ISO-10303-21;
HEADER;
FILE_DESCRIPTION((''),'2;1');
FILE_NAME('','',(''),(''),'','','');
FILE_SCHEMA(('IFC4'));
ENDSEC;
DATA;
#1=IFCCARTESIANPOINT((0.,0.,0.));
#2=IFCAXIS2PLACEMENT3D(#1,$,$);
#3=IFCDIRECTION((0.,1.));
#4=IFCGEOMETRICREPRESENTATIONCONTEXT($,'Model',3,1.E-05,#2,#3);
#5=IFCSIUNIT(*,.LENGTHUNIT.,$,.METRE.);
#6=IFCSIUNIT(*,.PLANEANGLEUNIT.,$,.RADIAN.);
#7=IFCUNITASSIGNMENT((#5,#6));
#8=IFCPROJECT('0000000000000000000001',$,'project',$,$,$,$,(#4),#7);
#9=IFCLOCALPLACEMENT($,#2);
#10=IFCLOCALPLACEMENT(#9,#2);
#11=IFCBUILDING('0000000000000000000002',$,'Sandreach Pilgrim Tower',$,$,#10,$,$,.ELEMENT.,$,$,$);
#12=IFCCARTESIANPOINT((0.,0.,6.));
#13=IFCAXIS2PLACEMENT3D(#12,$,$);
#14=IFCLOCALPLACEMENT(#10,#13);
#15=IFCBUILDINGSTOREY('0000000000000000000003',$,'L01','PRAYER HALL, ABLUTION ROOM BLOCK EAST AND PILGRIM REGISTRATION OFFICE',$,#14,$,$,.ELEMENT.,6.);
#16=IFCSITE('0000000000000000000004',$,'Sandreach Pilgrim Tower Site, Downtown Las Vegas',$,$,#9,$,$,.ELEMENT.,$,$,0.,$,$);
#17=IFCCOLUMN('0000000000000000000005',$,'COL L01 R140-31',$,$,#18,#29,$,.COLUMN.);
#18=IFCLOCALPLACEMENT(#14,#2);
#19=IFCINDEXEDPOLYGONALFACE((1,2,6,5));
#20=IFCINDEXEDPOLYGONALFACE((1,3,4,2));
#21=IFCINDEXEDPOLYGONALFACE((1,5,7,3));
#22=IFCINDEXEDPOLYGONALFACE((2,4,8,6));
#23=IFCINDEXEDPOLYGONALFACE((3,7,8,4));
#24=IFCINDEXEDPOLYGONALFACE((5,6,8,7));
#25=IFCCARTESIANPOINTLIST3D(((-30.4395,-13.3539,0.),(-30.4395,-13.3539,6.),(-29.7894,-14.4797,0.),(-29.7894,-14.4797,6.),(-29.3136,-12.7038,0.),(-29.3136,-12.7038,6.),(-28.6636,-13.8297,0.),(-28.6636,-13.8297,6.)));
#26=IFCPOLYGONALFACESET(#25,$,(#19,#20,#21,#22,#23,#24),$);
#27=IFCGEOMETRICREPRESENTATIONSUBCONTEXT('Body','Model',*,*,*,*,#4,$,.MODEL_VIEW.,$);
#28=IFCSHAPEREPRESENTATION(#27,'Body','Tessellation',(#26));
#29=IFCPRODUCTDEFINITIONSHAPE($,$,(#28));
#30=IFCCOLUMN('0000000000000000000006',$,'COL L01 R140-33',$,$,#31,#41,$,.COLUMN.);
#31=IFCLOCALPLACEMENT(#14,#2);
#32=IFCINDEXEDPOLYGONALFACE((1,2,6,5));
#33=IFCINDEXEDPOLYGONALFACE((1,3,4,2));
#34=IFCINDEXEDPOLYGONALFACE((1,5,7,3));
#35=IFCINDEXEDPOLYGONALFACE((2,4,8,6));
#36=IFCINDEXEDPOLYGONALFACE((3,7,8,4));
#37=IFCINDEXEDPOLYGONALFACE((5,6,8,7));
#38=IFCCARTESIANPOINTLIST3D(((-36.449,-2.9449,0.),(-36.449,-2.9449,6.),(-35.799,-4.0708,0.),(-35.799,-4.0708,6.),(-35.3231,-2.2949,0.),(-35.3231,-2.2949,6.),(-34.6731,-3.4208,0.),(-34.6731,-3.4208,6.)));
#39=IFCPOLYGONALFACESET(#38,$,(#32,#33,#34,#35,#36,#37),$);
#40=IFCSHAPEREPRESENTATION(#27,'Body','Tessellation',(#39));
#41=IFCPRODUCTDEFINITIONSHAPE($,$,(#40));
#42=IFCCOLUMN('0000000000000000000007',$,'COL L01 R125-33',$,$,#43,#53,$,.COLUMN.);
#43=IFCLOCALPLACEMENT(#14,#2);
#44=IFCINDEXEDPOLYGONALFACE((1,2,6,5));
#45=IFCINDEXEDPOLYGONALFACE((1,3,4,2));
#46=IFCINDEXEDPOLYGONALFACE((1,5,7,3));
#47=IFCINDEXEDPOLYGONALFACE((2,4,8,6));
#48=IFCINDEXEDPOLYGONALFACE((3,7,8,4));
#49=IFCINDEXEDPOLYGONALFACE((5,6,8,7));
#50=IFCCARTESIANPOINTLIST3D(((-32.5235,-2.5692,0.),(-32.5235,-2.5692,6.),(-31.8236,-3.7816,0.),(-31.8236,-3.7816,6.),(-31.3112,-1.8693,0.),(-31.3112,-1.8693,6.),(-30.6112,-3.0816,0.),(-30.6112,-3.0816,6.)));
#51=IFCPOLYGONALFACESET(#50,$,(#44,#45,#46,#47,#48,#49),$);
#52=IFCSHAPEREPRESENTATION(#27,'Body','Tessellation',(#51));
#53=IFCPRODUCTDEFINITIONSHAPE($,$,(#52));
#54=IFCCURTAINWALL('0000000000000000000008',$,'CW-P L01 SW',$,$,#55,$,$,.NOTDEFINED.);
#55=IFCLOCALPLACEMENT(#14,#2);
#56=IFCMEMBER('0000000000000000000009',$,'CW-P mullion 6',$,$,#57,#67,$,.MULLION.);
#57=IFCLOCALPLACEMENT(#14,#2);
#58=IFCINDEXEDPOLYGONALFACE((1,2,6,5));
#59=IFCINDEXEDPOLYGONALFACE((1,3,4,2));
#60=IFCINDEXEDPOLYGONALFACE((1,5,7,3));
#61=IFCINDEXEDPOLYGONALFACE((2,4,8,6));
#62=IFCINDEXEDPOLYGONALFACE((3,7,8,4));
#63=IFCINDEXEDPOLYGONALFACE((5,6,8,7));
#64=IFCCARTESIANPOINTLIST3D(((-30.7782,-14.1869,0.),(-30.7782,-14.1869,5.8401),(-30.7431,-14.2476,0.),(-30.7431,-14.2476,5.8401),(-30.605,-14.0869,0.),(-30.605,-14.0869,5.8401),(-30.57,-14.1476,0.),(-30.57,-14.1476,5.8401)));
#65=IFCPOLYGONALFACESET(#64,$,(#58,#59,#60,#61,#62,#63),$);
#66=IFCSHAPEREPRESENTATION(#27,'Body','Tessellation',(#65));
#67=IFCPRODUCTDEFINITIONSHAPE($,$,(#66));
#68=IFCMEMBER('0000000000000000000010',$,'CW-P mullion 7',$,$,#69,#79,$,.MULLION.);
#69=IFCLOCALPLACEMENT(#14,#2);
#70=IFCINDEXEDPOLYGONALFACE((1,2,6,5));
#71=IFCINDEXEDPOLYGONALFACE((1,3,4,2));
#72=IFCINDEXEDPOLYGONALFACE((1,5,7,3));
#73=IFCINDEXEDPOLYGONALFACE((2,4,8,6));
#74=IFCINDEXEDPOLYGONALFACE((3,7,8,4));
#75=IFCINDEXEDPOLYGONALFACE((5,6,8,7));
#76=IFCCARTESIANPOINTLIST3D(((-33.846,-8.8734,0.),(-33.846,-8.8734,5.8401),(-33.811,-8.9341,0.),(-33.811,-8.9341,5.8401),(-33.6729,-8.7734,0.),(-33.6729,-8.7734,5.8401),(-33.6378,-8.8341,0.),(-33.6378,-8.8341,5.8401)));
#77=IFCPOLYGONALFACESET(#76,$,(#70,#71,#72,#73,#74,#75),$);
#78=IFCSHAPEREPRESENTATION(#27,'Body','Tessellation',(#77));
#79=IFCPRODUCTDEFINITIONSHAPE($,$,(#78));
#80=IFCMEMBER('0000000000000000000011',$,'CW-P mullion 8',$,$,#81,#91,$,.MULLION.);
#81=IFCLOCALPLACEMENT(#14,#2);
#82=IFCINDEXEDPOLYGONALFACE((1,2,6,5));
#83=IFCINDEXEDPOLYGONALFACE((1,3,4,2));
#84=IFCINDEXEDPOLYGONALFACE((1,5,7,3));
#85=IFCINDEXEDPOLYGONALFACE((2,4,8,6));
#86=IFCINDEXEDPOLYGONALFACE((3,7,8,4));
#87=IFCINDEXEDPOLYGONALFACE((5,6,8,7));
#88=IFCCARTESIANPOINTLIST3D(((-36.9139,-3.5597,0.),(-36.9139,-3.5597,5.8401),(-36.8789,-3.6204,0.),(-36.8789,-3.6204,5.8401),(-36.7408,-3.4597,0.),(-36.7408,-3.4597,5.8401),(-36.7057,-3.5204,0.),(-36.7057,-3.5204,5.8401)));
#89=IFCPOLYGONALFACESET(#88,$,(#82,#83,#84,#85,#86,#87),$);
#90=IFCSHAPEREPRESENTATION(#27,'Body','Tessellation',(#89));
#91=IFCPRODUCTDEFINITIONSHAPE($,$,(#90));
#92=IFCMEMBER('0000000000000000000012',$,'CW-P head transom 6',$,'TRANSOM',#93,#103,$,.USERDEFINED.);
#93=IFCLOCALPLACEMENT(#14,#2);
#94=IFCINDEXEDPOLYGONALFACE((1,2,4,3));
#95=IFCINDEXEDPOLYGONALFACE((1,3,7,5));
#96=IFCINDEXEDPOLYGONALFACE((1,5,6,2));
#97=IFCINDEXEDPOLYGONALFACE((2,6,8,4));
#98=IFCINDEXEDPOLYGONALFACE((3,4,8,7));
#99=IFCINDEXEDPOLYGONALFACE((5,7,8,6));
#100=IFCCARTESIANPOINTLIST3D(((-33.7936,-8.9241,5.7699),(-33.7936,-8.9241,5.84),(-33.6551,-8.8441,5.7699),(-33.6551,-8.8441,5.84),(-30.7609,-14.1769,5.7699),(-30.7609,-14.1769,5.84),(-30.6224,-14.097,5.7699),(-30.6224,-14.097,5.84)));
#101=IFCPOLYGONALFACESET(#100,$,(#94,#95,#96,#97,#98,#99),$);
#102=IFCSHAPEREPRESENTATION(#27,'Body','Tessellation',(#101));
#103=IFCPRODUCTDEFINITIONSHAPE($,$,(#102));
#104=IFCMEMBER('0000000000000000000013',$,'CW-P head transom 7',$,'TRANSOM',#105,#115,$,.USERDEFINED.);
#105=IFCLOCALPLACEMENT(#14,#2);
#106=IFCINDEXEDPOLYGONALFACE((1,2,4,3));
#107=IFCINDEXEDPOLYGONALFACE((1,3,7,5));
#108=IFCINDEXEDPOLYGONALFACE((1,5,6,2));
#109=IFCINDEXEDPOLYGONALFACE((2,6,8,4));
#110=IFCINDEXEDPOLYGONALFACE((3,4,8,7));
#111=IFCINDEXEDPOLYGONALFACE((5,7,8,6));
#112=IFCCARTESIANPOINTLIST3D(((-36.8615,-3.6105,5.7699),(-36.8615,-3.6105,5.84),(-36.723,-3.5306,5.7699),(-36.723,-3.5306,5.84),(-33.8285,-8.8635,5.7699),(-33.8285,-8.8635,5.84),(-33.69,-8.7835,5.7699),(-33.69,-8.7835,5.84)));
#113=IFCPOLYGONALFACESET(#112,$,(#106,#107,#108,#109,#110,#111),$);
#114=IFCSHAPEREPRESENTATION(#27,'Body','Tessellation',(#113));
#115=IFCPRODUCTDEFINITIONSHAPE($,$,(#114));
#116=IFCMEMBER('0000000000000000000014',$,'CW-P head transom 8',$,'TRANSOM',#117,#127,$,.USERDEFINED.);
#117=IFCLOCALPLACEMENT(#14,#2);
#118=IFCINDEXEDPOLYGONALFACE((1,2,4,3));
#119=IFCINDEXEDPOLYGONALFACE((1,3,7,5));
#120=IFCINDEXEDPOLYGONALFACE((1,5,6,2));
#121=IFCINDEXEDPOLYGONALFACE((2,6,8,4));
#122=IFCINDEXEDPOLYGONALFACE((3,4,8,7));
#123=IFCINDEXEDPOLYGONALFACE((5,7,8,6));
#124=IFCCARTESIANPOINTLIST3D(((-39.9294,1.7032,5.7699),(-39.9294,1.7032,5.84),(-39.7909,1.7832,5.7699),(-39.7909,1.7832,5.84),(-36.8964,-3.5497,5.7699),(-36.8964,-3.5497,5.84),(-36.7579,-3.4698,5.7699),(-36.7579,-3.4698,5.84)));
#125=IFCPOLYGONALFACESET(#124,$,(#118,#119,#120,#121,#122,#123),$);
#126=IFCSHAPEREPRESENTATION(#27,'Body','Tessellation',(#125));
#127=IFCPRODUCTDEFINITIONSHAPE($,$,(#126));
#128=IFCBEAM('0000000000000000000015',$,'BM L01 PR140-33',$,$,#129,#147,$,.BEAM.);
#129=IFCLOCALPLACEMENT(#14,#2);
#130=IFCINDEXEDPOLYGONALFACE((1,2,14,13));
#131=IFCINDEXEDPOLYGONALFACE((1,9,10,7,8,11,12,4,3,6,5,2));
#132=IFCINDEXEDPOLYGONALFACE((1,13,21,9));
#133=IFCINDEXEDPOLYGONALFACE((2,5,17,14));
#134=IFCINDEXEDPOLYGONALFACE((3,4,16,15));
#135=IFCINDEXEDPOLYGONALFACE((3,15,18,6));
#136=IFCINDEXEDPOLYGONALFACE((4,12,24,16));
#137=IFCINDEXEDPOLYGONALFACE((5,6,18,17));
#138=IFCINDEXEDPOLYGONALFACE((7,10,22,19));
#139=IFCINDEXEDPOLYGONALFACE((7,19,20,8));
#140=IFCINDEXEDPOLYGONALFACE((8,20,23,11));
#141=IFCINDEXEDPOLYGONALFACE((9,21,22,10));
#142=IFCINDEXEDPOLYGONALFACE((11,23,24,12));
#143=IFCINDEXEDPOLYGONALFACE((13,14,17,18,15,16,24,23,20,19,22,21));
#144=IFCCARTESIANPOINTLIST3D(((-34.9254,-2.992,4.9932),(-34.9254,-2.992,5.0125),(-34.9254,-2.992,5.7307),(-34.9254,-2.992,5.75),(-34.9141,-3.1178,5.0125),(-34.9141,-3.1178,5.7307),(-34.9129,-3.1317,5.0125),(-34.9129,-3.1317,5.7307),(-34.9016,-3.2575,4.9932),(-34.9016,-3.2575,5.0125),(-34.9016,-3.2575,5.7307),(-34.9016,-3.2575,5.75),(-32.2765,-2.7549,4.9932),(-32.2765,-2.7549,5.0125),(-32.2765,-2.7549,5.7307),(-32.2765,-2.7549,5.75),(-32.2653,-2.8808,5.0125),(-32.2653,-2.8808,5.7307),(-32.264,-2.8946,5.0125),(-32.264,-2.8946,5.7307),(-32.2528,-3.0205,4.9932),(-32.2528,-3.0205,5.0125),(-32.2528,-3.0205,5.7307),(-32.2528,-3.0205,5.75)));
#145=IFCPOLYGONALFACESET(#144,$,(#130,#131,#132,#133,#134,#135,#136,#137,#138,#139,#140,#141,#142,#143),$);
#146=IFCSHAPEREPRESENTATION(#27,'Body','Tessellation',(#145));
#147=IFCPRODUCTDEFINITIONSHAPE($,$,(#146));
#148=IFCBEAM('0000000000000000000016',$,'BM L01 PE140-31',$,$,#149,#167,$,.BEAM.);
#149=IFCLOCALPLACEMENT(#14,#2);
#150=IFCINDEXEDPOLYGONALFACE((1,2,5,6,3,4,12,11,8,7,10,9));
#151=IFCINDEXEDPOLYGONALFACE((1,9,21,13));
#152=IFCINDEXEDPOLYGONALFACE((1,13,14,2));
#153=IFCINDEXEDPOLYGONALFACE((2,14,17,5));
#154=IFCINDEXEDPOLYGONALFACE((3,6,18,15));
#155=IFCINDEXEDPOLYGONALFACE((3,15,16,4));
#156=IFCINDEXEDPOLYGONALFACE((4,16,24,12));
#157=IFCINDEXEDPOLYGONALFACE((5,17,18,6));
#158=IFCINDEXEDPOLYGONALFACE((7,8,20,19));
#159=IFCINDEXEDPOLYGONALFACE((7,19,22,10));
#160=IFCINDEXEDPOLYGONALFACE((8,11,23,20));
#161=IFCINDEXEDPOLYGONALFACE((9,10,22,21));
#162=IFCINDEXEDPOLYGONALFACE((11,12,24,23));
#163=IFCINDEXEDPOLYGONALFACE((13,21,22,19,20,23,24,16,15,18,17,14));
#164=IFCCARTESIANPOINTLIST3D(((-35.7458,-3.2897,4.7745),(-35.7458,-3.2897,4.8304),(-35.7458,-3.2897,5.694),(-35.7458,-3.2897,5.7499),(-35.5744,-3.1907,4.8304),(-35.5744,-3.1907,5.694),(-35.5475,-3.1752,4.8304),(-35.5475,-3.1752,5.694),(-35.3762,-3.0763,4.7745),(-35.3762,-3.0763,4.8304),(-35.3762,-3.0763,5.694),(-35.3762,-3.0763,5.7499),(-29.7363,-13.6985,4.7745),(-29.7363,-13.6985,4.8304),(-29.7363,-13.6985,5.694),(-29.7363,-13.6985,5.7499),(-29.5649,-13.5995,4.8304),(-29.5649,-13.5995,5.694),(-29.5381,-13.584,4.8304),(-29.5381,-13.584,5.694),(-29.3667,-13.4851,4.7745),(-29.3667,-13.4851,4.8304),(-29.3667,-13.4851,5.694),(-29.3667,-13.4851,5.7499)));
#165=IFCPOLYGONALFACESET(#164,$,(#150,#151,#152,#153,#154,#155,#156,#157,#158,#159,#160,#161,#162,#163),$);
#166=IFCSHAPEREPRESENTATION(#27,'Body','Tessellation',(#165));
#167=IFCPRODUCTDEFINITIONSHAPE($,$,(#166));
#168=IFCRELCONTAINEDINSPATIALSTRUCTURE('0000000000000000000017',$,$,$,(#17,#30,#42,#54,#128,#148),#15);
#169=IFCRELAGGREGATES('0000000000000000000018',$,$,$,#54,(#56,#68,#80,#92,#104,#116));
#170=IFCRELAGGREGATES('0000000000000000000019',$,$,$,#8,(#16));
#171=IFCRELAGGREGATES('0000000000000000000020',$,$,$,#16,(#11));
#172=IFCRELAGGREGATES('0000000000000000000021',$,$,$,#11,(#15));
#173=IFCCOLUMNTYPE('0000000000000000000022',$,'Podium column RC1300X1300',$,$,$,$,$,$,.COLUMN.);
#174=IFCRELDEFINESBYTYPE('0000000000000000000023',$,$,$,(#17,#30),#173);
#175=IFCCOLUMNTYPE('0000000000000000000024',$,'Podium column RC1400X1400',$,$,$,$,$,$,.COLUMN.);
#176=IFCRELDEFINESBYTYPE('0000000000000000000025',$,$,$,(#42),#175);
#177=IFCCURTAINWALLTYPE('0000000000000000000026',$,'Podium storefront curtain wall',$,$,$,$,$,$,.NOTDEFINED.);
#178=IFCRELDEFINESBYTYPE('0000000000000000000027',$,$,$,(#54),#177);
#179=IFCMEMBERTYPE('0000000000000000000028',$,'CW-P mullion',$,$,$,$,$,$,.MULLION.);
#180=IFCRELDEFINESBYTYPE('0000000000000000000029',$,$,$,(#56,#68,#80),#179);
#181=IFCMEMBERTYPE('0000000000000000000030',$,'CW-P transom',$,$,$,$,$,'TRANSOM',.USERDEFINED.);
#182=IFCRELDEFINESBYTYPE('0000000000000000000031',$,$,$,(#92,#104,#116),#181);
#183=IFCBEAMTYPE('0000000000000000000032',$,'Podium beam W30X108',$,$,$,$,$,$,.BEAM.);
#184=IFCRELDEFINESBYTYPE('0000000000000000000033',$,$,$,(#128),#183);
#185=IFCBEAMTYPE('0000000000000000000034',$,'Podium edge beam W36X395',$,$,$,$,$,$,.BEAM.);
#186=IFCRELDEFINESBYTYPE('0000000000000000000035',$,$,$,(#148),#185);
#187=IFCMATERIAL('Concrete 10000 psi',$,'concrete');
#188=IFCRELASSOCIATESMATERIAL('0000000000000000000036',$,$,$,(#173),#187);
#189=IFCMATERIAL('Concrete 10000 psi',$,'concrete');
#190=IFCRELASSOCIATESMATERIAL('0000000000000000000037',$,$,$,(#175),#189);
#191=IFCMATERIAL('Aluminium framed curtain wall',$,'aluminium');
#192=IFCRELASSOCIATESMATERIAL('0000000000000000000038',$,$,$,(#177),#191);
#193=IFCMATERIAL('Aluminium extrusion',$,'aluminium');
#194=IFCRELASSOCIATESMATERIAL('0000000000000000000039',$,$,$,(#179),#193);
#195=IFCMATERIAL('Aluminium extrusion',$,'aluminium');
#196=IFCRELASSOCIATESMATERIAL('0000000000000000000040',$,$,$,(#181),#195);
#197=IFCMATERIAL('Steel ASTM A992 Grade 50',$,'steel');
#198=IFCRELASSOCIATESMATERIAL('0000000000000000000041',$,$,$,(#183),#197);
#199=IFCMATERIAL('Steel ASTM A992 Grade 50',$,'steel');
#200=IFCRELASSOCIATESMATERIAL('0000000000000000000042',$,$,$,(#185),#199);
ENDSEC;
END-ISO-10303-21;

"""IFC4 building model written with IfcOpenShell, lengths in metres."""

from ifc_helpers import new_model, si_unit, direction, frame, origin, origin_2d, place, context, subcontext, project, spatial, rectangle, i_section, extrude, material, material_profile, profile_set, type_object, element, aggregate, save


model = new_model("IFC4")

# Units and contexts
model_context = context("Model", 3, precision=1e-05, world=origin(), true_north=direction((0.0, 1.0)))
body_context = subcontext(model_context, "Body", "Model", "MODEL_VIEW")
ifc_project = project(units=[si_unit("LENGTHUNIT", "METRE"), si_unit("PLANEANGLEUNIT", "RADIAN")], contexts=[model_context])

# Site, building, storey
site_placement = place(None, origin())
site = spatial("IfcSite", under=ifc_project, at=site_placement, Name="Sandreach Pilgrim Tower Site, Downtown Las Vegas", CompositionType="ELEMENT", RefElevation=0.0)
building_placement = place(site_placement, origin())
building = spatial("IfcBuilding", under=site, at=building_placement, Name="Sandreach Pilgrim Tower", CompositionType="ELEMENT")
storey_placement = place(building_placement, frame((0.0, 0.0, 6.0)))
storey = spatial("IfcBuildingStorey", under=building, at=storey_placement, Name="L01", Description="PRAYER HALL, ABLUTION ROOM BLOCK EAST AND PILGRIM REGISTRATION OFFICE", CompositionType="ELEMENT", Elevation=6.0)

# Columns
ifc_material_1 = material(Name="Concrete 10000 psi", Category="concrete")
ifc_material_profile_1 = material_profile(ifc_material_1, rectangle(XDim=1.3, YDim=1.3, at=origin_2d()), Name="RC1300X1300")
ifc_profile_set_1 = profile_set([ifc_material_profile_1], Name="Concrete 10000 psi")
column_type_1 = type_object("IfcColumnType", Name="Podium column RC1300X1300", PredefinedType="COLUMN", material=ifc_profile_set_1)
for number, where, z_axis, x_axis, name in (
    (1, (-29.5515, -13.5918, 0.0), (0.0, 0.0, 1.0), (-0.866025, -0.5, 0.0), "COL L01 R140-31"),
    (2, (-35.561, -3.1829, 0.0), (0.0, 0.0, 1.0), (-0.866025, -0.5, 0.0), "COL L01 R140-33"),
):
    element("IfcColumn", number, at=place(storey_placement, frame(where, z_axis=z_axis, x_axis=x_axis)), inside=storey, type_object=column_type_1, Name=name, PredefinedType="COLUMN", context=body_context, shape_type="SweptSolid", body=[
        extrude(rectangle(XDim=1.3, YDim=1.3, at=origin_2d()), origin(), (0.0, 0.0, 1.0), 6.0),
    ])
ifc_material_2 = material(Name="Concrete 10000 psi", Category="concrete")
ifc_material_profile_2 = material_profile(ifc_material_2, rectangle(XDim=1.3999, YDim=1.3999, at=origin_2d()), Name="RC1400X1400")
ifc_profile_set_2 = profile_set([ifc_material_profile_2], Name="Concrete 10000 psi")
column_type_2 = type_object("IfcColumnType", Name="Podium column RC1400X1400", PredefinedType="COLUMN", material=ifc_profile_set_2)
column_placement = place(storey_placement, frame((-31.5674, -2.8254, 0.0), z_axis=(0.0, 0.0, 1.0), x_axis=(-0.866025, -0.5, 0.0)))
element("IfcColumn", 3, at=column_placement, inside=storey, type_object=column_type_2, Name="COL L01 R125-33", PredefinedType="COLUMN", context=body_context, shape_type="SweptSolid", body=[
    extrude(rectangle(XDim=1.3999, YDim=1.3999, at=origin_2d()), origin(), (0.0, 0.0, 1.0), 6.0),
])

# Curtain wall, members
ifc_material_3 = material(Name="Aluminium framed curtain wall", Category="aluminium")
curtain_wall_type = type_object("IfcCurtainWallType", Name="Podium storefront curtain wall", PredefinedType="NOTDEFINED", material=ifc_material_3)
curtain_wall_placement = place(storey_placement, origin())
curtain_wall = element("IfcCurtainWall", 4, at=curtain_wall_placement, inside=storey, type_object=curtain_wall_type, Name="CW-P L01 SW", PredefinedType="NOTDEFINED")
ifc_material_4 = material(Name="Aluminium extrusion", Category="aluminium")
ifc_material_profile_3 = material_profile(ifc_material_4, rectangle(XDim=0.0701, YDim=0.2, at=origin_2d()), Name="CW-PM 70X200")
ifc_profile_set_3 = profile_set([ifc_material_profile_3], Name="Aluminium extrusion")
member_type_1 = type_object("IfcMemberType", Name="CW-P mullion", PredefinedType="MULLION", material=ifc_profile_set_3)
member_1_placement = place(storey_placement, frame((-30.6741, -14.1672, 0.0), z_axis=(0.0, 0.0, 1.0), x_axis=(-0.5, 0.866025, 0.0)))
member_1 = element("IfcMember", 5, at=member_1_placement, type_object=member_type_1, Name="CW-P mullion 6", PredefinedType="MULLION", context=body_context, shape_type="SweptSolid", body=[
    extrude(rectangle(XDim=0.0701, YDim=0.2, at=origin_2d()), origin(), (0.0, 0.0, 1.0), 5.8401),
])
member_2_placement = place(storey_placement, frame((-33.7419, -8.8538, 0.0), z_axis=(0.0, 0.0, 1.0), x_axis=(-0.5, 0.866025, 0.0)))
member_2 = element("IfcMember", 6, at=member_2_placement, type_object=member_type_1, Name="CW-P mullion 7", PredefinedType="MULLION", context=body_context, shape_type="SweptSolid", body=[
    extrude(rectangle(XDim=0.0701, YDim=0.2, at=origin_2d()), origin(), (0.0, 0.0, 1.0), 5.8401),
])
member_3_placement = place(storey_placement, frame((-36.8098, -3.54, 0.0), z_axis=(0.0, 0.0, 1.0), x_axis=(-0.5, 0.866025, 0.0)))
member_3 = element("IfcMember", 7, at=member_3_placement, type_object=member_type_1, Name="CW-P mullion 8", PredefinedType="MULLION", context=body_context, shape_type="SweptSolid", body=[
    extrude(rectangle(XDim=0.0701, YDim=0.2, at=origin_2d()), origin(), (0.0, 0.0, 1.0), 5.8401),
])
ifc_material_5 = material(Name="Aluminium extrusion", Category="aluminium")
ifc_material_profile_4 = material_profile(ifc_material_5, rectangle(XDim=0.1599, YDim=0.0701, at=origin_2d()), Name="CW-PT 160X70")
ifc_profile_set_4 = profile_set([ifc_material_profile_4], Name="Aluminium extrusion")
member_type_2 = type_object("IfcMemberType", Name="CW-P transom", ElementType="TRANSOM", PredefinedType="USERDEFINED", material=ifc_profile_set_4)
member_4_placement = place(storey_placement, frame((-30.6917, -14.137, 5.8049), z_axis=(-0.499992, 0.86603, 0.0), x_axis=(-0.86603, -0.499992, 0.0)))
member_4 = element("IfcMember", 8, at=member_4_placement, type_object=member_type_2, Name="CW-P head transom 6", ObjectType="TRANSOM", PredefinedType="USERDEFINED", context=body_context, shape_type="SweptSolid", body=[
    extrude(rectangle(XDim=0.1599, YDim=0.0701, at=origin_2d()), origin(), (0.0, 0.0, 1.0), 6.0654),
])
member_5_placement = place(storey_placement, frame((-33.7593, -8.8235, 5.8049), z_axis=(-0.500022, 0.866013, 0.0), x_axis=(-0.866013, -0.500022, 0.0)))
member_5 = element("IfcMember", 9, at=member_5_placement, type_object=member_type_2, Name="CW-P head transom 7", ObjectType="TRANSOM", PredefinedType="USERDEFINED", context=body_context, shape_type="SweptSolid", body=[
    extrude(rectangle(XDim=0.1599, YDim=0.0701, at=origin_2d()), origin(), (0.0, 0.0, 1.0), 6.0657),
])
member_6_placement = place(storey_placement, frame((-36.8271, -3.5098, 5.8049), z_axis=(-0.500022, 0.866013, 0.0), x_axis=(-0.866013, -0.500022, 0.0)))
member_6 = element("IfcMember", 10, at=member_6_placement, type_object=member_type_2, Name="CW-P head transom 8", ObjectType="TRANSOM", PredefinedType="USERDEFINED", context=body_context, shape_type="SweptSolid", body=[
    extrude(rectangle(XDim=0.1599, YDim=0.0701, at=origin_2d()), origin(), (0.0, 0.0, 1.0), 6.0657),
])

# Beams
ifc_material_6 = material(Name="Steel ASTM A992 Grade 50", Category="steel")
ifc_material_profile_5 = material_profile(ifc_material_6, i_section(OverallWidth=0.2666, OverallDepth=0.7568, WebThickness=0.0139, FlangeThickness=0.0193, at=origin_2d()), Name="W30X108")
ifc_profile_set_5 = profile_set([ifc_material_profile_5], Name="Steel ASTM A992 Grade 50")
beam_type_1 = type_object("IfcBeamType", Name="Podium beam W30X108", PredefinedType="BEAM", material=ifc_profile_set_5)
beam_1_placement = place(storey_placement, frame((-32.2646, -2.8877, 5.3716), z_axis=(-0.996019, -0.089137, 0.0), x_axis=(0.089137, -0.996019, 0.0)))
element("IfcBeam", 11, at=beam_1_placement, inside=storey, type_object=beam_type_1, Name="BM L01 PR140-33", PredefinedType="BEAM", context=body_context, shape_type="SweptSolid", body=[
    extrude(i_section(OverallWidth=0.2666, OverallDepth=0.7568, WebThickness=0.0139, FlangeThickness=0.0193, at=origin_2d()), origin(), (0.0, 0.0, 1.0), 2.6594),
])
ifc_material_7 = material(Name="Steel ASTM A992 Grade 50", Category="steel")
ifc_material_profile_6 = material_profile(ifc_material_7, i_section(OverallWidth=0.4268, OverallDepth=0.9753, WebThickness=0.031, FlangeThickness=0.0559, at=origin_2d()), Name="W36X395")
ifc_profile_set_6 = profile_set([ifc_material_profile_6], Name="Steel ASTM A992 Grade 50")
beam_type_2 = type_object("IfcBeamType", Name="Podium edge beam W36X395", PredefinedType="BEAM", material=ifc_profile_set_6)
beam_2_placement = place(storey_placement, frame((-29.5515, -13.5918, 5.2622), z_axis=(-0.499995, 0.866028, 0.0), x_axis=(-0.866028, -0.499995, 0.0)))
element("IfcBeam", 12, at=beam_2_placement, inside=storey, type_object=beam_type_2, Name="BM L01 PE140-31", PredefinedType="BEAM", context=body_context, shape_type="SweptSolid", body=[
    extrude(i_section(OverallWidth=0.4268, OverallDepth=0.9753, WebThickness=0.031, FlangeThickness=0.0559, at=origin_2d()), origin(), (0.0, 0.0, 1.0), 12.019),
])

aggregate(curtain_wall, [member_1, member_2, member_3, member_4, member_5, member_6])

save(model, "model.ifc")
